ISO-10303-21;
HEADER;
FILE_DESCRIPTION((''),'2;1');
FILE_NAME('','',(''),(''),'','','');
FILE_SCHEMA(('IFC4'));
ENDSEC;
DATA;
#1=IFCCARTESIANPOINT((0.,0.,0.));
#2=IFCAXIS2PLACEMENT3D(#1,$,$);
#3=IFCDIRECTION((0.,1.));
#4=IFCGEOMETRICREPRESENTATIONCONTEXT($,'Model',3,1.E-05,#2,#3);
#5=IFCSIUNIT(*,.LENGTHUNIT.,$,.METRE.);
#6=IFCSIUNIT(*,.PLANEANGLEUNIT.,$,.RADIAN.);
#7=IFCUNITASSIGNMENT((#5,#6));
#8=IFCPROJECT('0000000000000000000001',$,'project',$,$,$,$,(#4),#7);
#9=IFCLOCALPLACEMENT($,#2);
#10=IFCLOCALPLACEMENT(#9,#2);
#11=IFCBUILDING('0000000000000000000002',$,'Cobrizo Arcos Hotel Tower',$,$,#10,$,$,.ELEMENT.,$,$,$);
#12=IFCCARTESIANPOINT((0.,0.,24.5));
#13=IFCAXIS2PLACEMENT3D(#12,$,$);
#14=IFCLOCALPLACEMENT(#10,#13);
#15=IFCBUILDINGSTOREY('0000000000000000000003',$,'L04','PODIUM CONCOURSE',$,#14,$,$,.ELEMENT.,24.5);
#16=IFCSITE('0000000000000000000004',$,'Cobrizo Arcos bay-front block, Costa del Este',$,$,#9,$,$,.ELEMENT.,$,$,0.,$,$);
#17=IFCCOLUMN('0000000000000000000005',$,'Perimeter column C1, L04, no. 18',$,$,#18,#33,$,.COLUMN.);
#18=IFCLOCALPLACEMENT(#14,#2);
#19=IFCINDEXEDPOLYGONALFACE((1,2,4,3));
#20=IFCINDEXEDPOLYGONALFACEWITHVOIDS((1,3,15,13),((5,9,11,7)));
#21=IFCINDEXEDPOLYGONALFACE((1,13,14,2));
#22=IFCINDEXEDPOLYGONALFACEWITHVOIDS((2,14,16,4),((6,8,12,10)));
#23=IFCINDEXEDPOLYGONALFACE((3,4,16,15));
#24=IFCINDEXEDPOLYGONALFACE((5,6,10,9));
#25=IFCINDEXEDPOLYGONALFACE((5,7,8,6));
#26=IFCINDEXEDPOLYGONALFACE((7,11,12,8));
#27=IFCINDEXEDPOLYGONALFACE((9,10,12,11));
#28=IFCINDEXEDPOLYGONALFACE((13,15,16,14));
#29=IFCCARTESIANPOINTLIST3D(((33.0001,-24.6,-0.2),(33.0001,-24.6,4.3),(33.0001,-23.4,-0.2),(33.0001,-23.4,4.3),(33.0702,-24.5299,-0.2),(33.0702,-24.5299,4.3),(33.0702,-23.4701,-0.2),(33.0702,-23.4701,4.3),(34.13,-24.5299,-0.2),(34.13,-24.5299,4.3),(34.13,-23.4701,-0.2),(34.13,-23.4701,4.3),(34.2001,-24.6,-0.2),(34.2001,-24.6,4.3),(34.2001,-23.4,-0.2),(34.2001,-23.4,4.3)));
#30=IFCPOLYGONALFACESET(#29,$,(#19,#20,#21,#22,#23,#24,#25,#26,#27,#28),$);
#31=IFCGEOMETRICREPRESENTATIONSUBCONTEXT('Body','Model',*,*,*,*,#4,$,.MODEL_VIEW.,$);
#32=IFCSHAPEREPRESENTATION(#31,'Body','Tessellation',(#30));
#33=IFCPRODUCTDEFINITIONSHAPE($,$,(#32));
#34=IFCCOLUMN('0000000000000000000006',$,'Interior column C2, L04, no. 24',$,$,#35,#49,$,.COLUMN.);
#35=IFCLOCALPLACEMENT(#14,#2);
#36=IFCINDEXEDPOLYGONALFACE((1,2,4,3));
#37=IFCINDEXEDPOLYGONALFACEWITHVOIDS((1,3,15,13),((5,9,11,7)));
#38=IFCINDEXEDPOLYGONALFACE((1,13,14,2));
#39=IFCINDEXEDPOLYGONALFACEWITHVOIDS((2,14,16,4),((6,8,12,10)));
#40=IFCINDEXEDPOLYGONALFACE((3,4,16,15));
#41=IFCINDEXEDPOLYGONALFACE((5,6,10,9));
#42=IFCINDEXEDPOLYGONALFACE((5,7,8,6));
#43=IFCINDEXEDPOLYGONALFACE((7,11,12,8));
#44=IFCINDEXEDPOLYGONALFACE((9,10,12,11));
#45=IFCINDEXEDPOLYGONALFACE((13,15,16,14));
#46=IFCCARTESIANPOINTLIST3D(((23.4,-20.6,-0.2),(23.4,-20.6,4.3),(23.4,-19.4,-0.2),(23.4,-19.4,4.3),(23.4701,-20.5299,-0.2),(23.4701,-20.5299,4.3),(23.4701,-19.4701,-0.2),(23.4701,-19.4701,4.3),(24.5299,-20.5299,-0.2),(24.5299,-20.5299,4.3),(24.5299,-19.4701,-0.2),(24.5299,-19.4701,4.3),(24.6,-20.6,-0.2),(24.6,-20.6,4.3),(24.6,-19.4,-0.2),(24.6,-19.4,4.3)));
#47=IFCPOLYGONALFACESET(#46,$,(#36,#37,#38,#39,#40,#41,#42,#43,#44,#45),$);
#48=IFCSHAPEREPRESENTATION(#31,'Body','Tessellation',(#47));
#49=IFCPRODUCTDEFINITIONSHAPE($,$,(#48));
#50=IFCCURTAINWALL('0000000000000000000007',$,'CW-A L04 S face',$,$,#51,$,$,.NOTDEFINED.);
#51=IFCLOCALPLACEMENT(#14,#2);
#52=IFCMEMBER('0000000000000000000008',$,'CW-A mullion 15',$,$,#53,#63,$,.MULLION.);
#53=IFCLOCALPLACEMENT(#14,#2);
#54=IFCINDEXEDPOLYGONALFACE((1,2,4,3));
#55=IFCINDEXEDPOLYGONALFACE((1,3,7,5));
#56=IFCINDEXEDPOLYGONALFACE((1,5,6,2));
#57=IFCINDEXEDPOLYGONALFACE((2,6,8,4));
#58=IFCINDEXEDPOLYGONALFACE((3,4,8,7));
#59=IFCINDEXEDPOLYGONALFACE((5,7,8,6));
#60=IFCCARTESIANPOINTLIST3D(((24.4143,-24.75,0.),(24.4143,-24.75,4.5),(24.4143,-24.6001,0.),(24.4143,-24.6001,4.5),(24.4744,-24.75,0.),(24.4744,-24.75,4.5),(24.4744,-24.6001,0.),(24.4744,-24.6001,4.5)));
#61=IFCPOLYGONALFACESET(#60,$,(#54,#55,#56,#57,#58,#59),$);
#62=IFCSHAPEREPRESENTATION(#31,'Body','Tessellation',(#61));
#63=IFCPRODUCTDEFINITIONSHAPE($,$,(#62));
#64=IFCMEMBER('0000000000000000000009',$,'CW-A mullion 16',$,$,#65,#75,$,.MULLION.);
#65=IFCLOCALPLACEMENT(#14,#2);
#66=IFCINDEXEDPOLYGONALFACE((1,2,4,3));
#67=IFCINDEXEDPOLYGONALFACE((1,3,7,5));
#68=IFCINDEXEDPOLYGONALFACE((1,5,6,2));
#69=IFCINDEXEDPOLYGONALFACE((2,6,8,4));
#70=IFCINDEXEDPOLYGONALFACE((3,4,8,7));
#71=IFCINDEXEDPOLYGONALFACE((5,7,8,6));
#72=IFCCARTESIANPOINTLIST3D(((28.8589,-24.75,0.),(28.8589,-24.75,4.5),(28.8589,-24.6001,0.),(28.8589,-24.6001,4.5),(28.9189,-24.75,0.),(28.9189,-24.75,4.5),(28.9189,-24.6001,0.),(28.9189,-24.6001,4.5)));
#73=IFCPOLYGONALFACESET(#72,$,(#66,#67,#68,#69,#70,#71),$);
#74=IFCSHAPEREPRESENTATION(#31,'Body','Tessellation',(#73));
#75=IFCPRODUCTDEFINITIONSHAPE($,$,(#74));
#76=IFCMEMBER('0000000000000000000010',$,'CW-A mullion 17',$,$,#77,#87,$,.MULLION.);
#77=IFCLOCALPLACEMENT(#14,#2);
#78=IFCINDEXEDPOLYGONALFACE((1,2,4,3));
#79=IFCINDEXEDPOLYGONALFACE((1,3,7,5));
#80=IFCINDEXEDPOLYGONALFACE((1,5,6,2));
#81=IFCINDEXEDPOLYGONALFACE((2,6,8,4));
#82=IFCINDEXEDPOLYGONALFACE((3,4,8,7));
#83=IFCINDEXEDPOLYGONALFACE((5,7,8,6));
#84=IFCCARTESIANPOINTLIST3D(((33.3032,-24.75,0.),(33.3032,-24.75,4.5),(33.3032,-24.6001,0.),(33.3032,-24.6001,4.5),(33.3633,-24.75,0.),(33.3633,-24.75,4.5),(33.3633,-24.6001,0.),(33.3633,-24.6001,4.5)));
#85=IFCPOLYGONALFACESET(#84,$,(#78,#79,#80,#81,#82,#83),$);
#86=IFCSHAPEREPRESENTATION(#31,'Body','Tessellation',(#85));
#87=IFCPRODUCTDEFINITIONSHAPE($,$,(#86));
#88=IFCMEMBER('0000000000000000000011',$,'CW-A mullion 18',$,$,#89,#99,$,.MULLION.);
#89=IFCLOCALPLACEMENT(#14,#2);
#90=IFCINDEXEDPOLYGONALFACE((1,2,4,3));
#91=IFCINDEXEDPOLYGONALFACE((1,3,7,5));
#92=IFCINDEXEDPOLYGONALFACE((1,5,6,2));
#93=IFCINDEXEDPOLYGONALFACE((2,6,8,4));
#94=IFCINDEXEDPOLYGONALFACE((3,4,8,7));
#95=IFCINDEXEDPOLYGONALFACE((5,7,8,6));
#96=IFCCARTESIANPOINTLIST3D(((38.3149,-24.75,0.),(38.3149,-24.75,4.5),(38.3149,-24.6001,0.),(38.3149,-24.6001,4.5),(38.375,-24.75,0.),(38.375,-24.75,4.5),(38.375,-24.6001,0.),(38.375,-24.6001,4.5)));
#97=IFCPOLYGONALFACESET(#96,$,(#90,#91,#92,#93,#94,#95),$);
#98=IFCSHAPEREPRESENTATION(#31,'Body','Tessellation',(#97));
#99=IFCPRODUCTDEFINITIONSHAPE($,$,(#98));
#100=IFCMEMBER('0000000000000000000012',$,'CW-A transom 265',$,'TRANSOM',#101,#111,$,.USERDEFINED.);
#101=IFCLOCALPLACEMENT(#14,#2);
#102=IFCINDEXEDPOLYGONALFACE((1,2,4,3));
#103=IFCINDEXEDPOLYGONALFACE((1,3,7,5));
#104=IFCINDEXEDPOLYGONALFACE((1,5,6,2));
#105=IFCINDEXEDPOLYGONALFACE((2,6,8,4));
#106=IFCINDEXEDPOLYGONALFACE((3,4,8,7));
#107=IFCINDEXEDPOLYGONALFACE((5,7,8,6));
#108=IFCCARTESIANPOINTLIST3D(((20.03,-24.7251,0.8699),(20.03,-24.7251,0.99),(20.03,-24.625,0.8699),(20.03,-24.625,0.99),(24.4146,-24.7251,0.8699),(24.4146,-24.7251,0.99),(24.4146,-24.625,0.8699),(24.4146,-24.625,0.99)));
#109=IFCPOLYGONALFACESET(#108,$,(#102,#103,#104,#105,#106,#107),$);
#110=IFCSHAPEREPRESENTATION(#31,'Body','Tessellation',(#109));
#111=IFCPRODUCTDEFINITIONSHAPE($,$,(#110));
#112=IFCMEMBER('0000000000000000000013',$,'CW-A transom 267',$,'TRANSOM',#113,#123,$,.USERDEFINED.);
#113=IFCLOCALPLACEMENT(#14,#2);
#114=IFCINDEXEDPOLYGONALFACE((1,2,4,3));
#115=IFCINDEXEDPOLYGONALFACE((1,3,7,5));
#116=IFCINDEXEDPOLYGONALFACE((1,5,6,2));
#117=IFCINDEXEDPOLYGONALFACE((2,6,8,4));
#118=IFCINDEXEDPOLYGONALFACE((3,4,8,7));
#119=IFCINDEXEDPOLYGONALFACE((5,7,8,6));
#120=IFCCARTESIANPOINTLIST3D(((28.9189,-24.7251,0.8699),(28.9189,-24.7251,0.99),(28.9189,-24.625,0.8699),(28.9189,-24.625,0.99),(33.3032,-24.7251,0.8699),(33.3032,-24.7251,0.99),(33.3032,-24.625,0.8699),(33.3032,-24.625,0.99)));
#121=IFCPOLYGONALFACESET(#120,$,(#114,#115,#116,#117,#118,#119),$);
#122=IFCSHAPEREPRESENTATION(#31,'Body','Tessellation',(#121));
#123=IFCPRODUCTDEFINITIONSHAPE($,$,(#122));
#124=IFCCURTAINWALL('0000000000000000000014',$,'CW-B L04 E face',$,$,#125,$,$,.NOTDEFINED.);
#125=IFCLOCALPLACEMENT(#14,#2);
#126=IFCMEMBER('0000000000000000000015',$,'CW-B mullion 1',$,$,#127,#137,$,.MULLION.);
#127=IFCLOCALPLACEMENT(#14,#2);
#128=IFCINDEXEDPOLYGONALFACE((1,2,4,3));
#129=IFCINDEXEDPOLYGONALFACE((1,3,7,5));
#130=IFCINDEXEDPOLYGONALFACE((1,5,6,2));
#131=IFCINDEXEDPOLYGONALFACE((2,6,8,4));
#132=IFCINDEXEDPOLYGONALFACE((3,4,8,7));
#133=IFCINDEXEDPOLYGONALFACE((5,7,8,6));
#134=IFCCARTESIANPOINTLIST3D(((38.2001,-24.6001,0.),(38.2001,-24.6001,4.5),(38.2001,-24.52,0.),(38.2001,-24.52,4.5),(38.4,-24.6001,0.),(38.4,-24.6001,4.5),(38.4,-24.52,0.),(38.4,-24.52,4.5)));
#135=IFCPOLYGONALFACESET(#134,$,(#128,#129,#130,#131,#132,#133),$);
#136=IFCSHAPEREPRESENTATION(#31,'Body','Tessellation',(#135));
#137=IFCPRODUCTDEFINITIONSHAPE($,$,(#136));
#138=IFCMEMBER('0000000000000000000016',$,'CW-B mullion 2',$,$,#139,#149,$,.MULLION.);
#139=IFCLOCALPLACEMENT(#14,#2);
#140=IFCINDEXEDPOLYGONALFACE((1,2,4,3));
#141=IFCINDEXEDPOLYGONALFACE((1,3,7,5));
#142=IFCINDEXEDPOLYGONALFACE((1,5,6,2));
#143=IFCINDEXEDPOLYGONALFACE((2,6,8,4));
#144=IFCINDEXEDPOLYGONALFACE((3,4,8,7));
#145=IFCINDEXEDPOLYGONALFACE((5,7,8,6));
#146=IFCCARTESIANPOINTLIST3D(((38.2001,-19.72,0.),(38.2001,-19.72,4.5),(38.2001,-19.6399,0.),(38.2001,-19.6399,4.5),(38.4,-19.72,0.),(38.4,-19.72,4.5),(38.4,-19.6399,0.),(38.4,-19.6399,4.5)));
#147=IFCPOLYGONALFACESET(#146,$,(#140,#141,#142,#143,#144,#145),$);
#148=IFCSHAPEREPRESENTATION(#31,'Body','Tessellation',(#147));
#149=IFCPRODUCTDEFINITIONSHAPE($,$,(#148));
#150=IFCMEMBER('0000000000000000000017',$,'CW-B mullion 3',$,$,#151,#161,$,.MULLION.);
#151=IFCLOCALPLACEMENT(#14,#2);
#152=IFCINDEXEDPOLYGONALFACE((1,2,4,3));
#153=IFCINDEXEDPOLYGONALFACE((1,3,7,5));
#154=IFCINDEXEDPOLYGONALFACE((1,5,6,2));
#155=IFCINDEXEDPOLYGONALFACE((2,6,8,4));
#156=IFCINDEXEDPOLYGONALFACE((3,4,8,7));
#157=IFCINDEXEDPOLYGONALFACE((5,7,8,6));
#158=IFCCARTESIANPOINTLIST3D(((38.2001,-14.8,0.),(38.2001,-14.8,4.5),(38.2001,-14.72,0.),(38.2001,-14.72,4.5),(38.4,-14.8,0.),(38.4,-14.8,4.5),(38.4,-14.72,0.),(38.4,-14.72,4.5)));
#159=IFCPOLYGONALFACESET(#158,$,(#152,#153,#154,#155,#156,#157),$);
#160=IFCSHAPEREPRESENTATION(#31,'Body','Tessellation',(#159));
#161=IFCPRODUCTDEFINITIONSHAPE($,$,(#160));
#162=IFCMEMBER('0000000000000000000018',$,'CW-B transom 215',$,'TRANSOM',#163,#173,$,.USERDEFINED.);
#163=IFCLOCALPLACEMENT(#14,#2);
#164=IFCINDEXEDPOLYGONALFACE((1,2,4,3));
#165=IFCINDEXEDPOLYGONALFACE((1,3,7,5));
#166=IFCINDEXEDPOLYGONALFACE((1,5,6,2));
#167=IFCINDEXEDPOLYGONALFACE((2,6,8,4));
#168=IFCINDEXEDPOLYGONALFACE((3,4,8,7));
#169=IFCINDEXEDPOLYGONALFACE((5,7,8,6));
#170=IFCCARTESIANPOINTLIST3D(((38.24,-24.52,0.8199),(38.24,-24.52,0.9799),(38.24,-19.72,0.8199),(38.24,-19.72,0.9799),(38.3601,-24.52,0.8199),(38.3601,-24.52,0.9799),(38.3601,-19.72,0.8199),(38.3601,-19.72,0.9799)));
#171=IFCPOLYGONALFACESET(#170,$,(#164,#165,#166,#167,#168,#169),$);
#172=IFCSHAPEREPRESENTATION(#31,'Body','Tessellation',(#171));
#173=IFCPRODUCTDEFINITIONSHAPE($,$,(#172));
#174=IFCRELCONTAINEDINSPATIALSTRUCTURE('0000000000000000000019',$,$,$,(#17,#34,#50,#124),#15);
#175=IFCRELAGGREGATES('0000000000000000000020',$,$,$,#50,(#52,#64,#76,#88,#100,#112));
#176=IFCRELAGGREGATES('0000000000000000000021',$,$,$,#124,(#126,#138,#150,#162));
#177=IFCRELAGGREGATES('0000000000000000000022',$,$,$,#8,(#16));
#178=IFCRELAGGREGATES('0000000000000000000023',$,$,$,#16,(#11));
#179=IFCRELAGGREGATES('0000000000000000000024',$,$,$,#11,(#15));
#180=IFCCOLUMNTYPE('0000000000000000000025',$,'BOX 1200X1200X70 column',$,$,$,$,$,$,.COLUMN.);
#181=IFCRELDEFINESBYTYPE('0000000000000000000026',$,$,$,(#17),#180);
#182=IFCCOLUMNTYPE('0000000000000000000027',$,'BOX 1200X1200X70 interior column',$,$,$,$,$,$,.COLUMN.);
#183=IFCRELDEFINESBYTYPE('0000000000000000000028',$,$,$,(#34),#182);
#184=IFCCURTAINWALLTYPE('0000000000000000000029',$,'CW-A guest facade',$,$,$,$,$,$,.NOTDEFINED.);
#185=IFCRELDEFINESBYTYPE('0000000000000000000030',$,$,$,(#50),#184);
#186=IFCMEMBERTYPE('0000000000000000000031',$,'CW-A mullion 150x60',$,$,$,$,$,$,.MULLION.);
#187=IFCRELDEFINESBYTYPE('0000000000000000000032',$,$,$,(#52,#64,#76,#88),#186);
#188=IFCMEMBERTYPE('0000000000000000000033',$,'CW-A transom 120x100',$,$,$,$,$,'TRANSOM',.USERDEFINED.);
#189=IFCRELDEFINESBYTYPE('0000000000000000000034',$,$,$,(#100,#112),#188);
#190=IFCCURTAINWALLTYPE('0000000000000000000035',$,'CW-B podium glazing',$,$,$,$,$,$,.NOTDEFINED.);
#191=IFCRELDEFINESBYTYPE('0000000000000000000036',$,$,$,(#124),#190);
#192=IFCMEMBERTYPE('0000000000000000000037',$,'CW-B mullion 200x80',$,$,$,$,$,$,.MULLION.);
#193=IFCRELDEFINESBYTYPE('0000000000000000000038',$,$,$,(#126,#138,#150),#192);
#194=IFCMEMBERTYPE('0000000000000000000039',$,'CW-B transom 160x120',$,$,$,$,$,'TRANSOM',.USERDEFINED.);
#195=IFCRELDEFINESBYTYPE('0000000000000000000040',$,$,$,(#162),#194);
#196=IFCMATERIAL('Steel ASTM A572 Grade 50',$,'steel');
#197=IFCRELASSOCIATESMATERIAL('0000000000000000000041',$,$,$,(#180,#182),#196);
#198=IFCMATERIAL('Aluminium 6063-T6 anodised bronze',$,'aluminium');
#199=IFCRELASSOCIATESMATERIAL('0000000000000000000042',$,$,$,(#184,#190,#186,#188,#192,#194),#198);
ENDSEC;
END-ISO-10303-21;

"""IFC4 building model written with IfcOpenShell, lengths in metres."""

from ifc_helpers import new_model, si_unit, direction, frame, origin, origin_2d, place, context, subcontext, project, spatial, rectangle, hollow_rectangle, extrude, material, material_profile, profile_set, type_object, element, aggregate, save


model = new_model("IFC4")

# Units and contexts
model_context = context("Model", 3, precision=1e-05, world=origin(), true_north=direction((0.0, 1.0)))
body_context = subcontext(model_context, "Body", "Model", "MODEL_VIEW")
ifc_project = project(units=[si_unit("LENGTHUNIT", "METRE"), si_unit("PLANEANGLEUNIT", "RADIAN")], contexts=[model_context])

# Site, building, storey
site_placement = place(None, origin())
site = spatial("IfcSite", under=ifc_project, at=site_placement, Name="Cobrizo Arcos bay-front block, Costa del Este", CompositionType="ELEMENT", RefElevation=0.0)
building_placement = place(site_placement, origin())
building = spatial("IfcBuilding", under=site, at=building_placement, Name="Cobrizo Arcos Hotel Tower", CompositionType="ELEMENT")
storey_placement = place(building_placement, frame((0.0, 0.0, 24.5)))
storey = spatial("IfcBuildingStorey", under=building, at=storey_placement, Name="L04", Description="PODIUM CONCOURSE", CompositionType="ELEMENT", Elevation=24.5)

# Columns
ifc_material_1 = material(Name="Steel ASTM A572 Grade 50", Category="steel")
ifc_material_profile_1 = material_profile(ifc_material_1, hollow_rectangle(XDim=1.2, YDim=1.2, WallThickness=0.0701, at=origin_2d()), Name="BOX 1200X1200X70")
ifc_profile_set_1 = profile_set([ifc_material_profile_1], Name="Steel ASTM A572 Grade 50")
column_type_1 = type_object("IfcColumnType", Name="BOX 1200X1200X70 column", PredefinedType="COLUMN", material=ifc_profile_set_1)
column_1_placement = place(storey_placement, frame((33.6001, -24.0, -0.2), z_axis=(0.0, 0.0, 1.0), x_axis=(1.0, 0.0, 0.0)))
element("IfcColumn", 1, at=column_1_placement, inside=storey, type_object=column_type_1, Name="Perimeter column C1, L04, no. 18", PredefinedType="COLUMN", context=body_context, shape_type="SweptSolid", body=[
    extrude(hollow_rectangle(XDim=1.2, YDim=1.2, WallThickness=0.0701, at=origin_2d()), origin(), (0.0, 0.0, 1.0), 4.5),
])
ifc_material_profile_2 = material_profile(ifc_material_1, hollow_rectangle(XDim=1.2, YDim=1.2, WallThickness=0.0701, at=origin_2d()), Name="BOX 1200X1200X70")
ifc_profile_set_2 = profile_set([ifc_material_profile_2], Name="Steel ASTM A572 Grade 50")
column_type_2 = type_object("IfcColumnType", Name="BOX 1200X1200X70 interior column", PredefinedType="COLUMN", material=ifc_profile_set_2)
column_2_placement = place(storey_placement, frame((24.0, -20.0, -0.2), z_axis=(0.0, 0.0, 1.0), x_axis=(1.0, 0.0, 0.0)))
element("IfcColumn", 2, at=column_2_placement, inside=storey, type_object=column_type_2, Name="Interior column C2, L04, no. 24", PredefinedType="COLUMN", context=body_context, shape_type="SweptSolid", body=[
    extrude(hollow_rectangle(XDim=1.2, YDim=1.2, WallThickness=0.0701, at=origin_2d()), origin(), (0.0, 0.0, 1.0), 4.5),
])

# Curtain walls, members
ifc_material_2 = material(Name="Aluminium 6063-T6 anodised bronze", Category="aluminium")
curtain_wall_type_1 = type_object("IfcCurtainWallType", Name="CW-A guest facade", PredefinedType="NOTDEFINED", material=ifc_material_2)
curtain_wall_1_placement = place(storey_placement, origin())
curtain_wall_1 = element("IfcCurtainWall", 3, at=curtain_wall_1_placement, inside=storey, type_object=curtain_wall_type_1, Name="CW-A L04 S face", PredefinedType="NOTDEFINED")
ifc_material_profile_3 = material_profile(ifc_material_2, rectangle(XDim=0.1499, YDim=0.0601, at=origin_2d()), Name="CW-A mullion 150x60")
ifc_profile_set_3 = profile_set([ifc_material_profile_3], Name="Aluminium 6063-T6 anodised bronze")
member_type_1 = type_object("IfcMemberType", Name="CW-A mullion 150x60", PredefinedType="MULLION", material=ifc_profile_set_3)
member_1_placement = place(storey_placement, frame((24.4443, -24.675, 0.0), z_axis=(0.0, 0.0, 1.0), x_axis=(0.0, -1.0, 0.0)))
member_1 = element("IfcMember", 4, at=member_1_placement, type_object=member_type_1, Name="CW-A mullion 15", PredefinedType="MULLION", context=body_context, shape_type="SweptSolid", body=[
    extrude(rectangle(XDim=0.1499, YDim=0.0601, at=origin_2d()), origin(), (0.0, 0.0, 1.0), 4.5),
])
member_2_placement = place(storey_placement, frame((28.8889, -24.675, 0.0), z_axis=(0.0, 0.0, 1.0), x_axis=(0.0, -1.0, 0.0)))
member_2 = element("IfcMember", 5, at=member_2_placement, type_object=member_type_1, Name="CW-A mullion 16", PredefinedType="MULLION", context=body_context, shape_type="SweptSolid", body=[
    extrude(rectangle(XDim=0.1499, YDim=0.0601, at=origin_2d()), origin(), (0.0, 0.0, 1.0), 4.5),
])
member_3_placement = place(storey_placement, frame((33.3333, -24.675, 0.0), z_axis=(0.0, 0.0, 1.0), x_axis=(0.0, -1.0, 0.0)))
member_3 = element("IfcMember", 6, at=member_3_placement, type_object=member_type_1, Name="CW-A mullion 17", PredefinedType="MULLION", context=body_context, shape_type="SweptSolid", body=[
    extrude(rectangle(XDim=0.1499, YDim=0.0601, at=origin_2d()), origin(), (0.0, 0.0, 1.0), 4.5),
])
member_4_placement = place(storey_placement, frame((38.345, -24.675, 0.0), z_axis=(0.0, 0.0, 1.0), x_axis=(0.0, -1.0, 0.0)))
member_4 = element("IfcMember", 7, at=member_4_placement, type_object=member_type_1, Name="CW-A mullion 18", PredefinedType="MULLION", context=body_context, shape_type="SweptSolid", body=[
    extrude(rectangle(XDim=0.1499, YDim=0.0601, at=origin_2d()), origin(), (0.0, 0.0, 1.0), 4.5),
])
ifc_material_profile_4 = material_profile(ifc_material_2, rectangle(XDim=0.1001, YDim=0.1201, at=origin_2d()), Name="CW-A transom 120x100")
ifc_profile_set_4 = profile_set([ifc_material_profile_4], Name="Aluminium 6063-T6 anodised bronze")
member_type_2 = type_object("IfcMemberType", Name="CW-A transom 120x100", ElementType="TRANSOM", PredefinedType="USERDEFINED", material=ifc_profile_set_4)
member_5_placement = place(storey_placement, frame((20.03, -24.675, 0.9299), z_axis=(1.0, 0.0, 0.0), x_axis=(0.0, 1.0, 0.0)))
member_5 = element("IfcMember", 8, at=member_5_placement, type_object=member_type_2, Name="CW-A transom 265", ObjectType="TRANSOM", PredefinedType="USERDEFINED", context=body_context, shape_type="SweptSolid", body=[
    extrude(rectangle(XDim=0.1001, YDim=0.1201, at=origin_2d()), origin(), (0.0, 0.0, 1.0), 4.3845),
])
member_6_placement = place(storey_placement, frame((28.9189, -24.675, 0.9299), z_axis=(1.0, 0.0, 0.0), x_axis=(0.0, 1.0, 0.0)))
member_6 = element("IfcMember", 9, at=member_6_placement, type_object=member_type_2, Name="CW-A transom 267", ObjectType="TRANSOM", PredefinedType="USERDEFINED", context=body_context, shape_type="SweptSolid", body=[
    extrude(rectangle(XDim=0.1001, YDim=0.1201, at=origin_2d()), origin(), (0.0, 0.0, 1.0), 4.3843),
])
curtain_wall_type_2 = type_object("IfcCurtainWallType", Name="CW-B podium glazing", PredefinedType="NOTDEFINED", material=ifc_material_2)
curtain_wall_2_placement = place(storey_placement, origin())
curtain_wall_2 = element("IfcCurtainWall", 10, at=curtain_wall_2_placement, inside=storey, type_object=curtain_wall_type_2, Name="CW-B L04 E face", PredefinedType="NOTDEFINED")
ifc_material_profile_5 = material_profile(ifc_material_2, rectangle(XDim=0.2, YDim=0.0801, at=origin_2d()), Name="CW-B mullion 200x80")
ifc_profile_set_5 = profile_set([ifc_material_profile_5], Name="Aluminium 6063-T6 anodised bronze")
member_type_3 = type_object("IfcMemberType", Name="CW-B mullion 200x80", PredefinedType="MULLION", material=ifc_profile_set_5)
member_7_placement = place(storey_placement, frame((38.3, -24.5601, 0.0), z_axis=(0.0, 0.0, 1.0), x_axis=(1.0, 0.0, 0.0)))
member_7 = element("IfcMember", 11, at=member_7_placement, type_object=member_type_3, Name="CW-B mullion 1", PredefinedType="MULLION", context=body_context, shape_type="SweptSolid", body=[
    extrude(rectangle(XDim=0.2, YDim=0.0801, at=origin_2d()), origin(), (0.0, 0.0, 1.0), 4.5),
])
member_8_placement = place(storey_placement, frame((38.3, -19.6799, 0.0), z_axis=(0.0, 0.0, 1.0), x_axis=(1.0, 0.0, 0.0)))
member_8 = element("IfcMember", 12, at=member_8_placement, type_object=member_type_3, Name="CW-B mullion 2", PredefinedType="MULLION", context=body_context, shape_type="SweptSolid", body=[
    extrude(rectangle(XDim=0.2, YDim=0.0801, at=origin_2d()), origin(), (0.0, 0.0, 1.0), 4.5),
])
member_9_placement = place(storey_placement, frame((38.3, -14.76, 0.0), z_axis=(0.0, 0.0, 1.0), x_axis=(1.0, 0.0, 0.0)))
member_9 = element("IfcMember", 13, at=member_9_placement, type_object=member_type_3, Name="CW-B mullion 3", PredefinedType="MULLION", context=body_context, shape_type="SweptSolid", body=[
    extrude(rectangle(XDim=0.2, YDim=0.0801, at=origin_2d()), origin(), (0.0, 0.0, 1.0), 4.5),
])
ifc_material_profile_6 = material_profile(ifc_material_2, rectangle(XDim=0.1201, YDim=0.1599, at=origin_2d()), Name="CW-B transom 160x120")
ifc_profile_set_6 = profile_set([ifc_material_profile_6], Name="Aluminium 6063-T6 anodised bronze")
member_type_4 = type_object("IfcMemberType", Name="CW-B transom 160x120", ElementType="TRANSOM", PredefinedType="USERDEFINED", material=ifc_profile_set_6)
member_10_placement = place(storey_placement, frame((38.3, -24.52, 0.8999), z_axis=(0.0, 1.0, 0.0), x_axis=(-1.0, 0.0, 0.0)))
member_10 = element("IfcMember", 14, at=member_10_placement, type_object=member_type_4, Name="CW-B transom 215", ObjectType="TRANSOM", PredefinedType="USERDEFINED", context=body_context, shape_type="SweptSolid", body=[
    extrude(rectangle(XDim=0.1201, YDim=0.1599, at=origin_2d()), origin(), (0.0, 0.0, 1.0), 4.8),
])

aggregate(curtain_wall_1, [member_1, member_2, member_3, member_4, member_5, member_6])
aggregate(curtain_wall_2, [member_7, member_8, member_9, member_10])

save(model, "model.ifc")
